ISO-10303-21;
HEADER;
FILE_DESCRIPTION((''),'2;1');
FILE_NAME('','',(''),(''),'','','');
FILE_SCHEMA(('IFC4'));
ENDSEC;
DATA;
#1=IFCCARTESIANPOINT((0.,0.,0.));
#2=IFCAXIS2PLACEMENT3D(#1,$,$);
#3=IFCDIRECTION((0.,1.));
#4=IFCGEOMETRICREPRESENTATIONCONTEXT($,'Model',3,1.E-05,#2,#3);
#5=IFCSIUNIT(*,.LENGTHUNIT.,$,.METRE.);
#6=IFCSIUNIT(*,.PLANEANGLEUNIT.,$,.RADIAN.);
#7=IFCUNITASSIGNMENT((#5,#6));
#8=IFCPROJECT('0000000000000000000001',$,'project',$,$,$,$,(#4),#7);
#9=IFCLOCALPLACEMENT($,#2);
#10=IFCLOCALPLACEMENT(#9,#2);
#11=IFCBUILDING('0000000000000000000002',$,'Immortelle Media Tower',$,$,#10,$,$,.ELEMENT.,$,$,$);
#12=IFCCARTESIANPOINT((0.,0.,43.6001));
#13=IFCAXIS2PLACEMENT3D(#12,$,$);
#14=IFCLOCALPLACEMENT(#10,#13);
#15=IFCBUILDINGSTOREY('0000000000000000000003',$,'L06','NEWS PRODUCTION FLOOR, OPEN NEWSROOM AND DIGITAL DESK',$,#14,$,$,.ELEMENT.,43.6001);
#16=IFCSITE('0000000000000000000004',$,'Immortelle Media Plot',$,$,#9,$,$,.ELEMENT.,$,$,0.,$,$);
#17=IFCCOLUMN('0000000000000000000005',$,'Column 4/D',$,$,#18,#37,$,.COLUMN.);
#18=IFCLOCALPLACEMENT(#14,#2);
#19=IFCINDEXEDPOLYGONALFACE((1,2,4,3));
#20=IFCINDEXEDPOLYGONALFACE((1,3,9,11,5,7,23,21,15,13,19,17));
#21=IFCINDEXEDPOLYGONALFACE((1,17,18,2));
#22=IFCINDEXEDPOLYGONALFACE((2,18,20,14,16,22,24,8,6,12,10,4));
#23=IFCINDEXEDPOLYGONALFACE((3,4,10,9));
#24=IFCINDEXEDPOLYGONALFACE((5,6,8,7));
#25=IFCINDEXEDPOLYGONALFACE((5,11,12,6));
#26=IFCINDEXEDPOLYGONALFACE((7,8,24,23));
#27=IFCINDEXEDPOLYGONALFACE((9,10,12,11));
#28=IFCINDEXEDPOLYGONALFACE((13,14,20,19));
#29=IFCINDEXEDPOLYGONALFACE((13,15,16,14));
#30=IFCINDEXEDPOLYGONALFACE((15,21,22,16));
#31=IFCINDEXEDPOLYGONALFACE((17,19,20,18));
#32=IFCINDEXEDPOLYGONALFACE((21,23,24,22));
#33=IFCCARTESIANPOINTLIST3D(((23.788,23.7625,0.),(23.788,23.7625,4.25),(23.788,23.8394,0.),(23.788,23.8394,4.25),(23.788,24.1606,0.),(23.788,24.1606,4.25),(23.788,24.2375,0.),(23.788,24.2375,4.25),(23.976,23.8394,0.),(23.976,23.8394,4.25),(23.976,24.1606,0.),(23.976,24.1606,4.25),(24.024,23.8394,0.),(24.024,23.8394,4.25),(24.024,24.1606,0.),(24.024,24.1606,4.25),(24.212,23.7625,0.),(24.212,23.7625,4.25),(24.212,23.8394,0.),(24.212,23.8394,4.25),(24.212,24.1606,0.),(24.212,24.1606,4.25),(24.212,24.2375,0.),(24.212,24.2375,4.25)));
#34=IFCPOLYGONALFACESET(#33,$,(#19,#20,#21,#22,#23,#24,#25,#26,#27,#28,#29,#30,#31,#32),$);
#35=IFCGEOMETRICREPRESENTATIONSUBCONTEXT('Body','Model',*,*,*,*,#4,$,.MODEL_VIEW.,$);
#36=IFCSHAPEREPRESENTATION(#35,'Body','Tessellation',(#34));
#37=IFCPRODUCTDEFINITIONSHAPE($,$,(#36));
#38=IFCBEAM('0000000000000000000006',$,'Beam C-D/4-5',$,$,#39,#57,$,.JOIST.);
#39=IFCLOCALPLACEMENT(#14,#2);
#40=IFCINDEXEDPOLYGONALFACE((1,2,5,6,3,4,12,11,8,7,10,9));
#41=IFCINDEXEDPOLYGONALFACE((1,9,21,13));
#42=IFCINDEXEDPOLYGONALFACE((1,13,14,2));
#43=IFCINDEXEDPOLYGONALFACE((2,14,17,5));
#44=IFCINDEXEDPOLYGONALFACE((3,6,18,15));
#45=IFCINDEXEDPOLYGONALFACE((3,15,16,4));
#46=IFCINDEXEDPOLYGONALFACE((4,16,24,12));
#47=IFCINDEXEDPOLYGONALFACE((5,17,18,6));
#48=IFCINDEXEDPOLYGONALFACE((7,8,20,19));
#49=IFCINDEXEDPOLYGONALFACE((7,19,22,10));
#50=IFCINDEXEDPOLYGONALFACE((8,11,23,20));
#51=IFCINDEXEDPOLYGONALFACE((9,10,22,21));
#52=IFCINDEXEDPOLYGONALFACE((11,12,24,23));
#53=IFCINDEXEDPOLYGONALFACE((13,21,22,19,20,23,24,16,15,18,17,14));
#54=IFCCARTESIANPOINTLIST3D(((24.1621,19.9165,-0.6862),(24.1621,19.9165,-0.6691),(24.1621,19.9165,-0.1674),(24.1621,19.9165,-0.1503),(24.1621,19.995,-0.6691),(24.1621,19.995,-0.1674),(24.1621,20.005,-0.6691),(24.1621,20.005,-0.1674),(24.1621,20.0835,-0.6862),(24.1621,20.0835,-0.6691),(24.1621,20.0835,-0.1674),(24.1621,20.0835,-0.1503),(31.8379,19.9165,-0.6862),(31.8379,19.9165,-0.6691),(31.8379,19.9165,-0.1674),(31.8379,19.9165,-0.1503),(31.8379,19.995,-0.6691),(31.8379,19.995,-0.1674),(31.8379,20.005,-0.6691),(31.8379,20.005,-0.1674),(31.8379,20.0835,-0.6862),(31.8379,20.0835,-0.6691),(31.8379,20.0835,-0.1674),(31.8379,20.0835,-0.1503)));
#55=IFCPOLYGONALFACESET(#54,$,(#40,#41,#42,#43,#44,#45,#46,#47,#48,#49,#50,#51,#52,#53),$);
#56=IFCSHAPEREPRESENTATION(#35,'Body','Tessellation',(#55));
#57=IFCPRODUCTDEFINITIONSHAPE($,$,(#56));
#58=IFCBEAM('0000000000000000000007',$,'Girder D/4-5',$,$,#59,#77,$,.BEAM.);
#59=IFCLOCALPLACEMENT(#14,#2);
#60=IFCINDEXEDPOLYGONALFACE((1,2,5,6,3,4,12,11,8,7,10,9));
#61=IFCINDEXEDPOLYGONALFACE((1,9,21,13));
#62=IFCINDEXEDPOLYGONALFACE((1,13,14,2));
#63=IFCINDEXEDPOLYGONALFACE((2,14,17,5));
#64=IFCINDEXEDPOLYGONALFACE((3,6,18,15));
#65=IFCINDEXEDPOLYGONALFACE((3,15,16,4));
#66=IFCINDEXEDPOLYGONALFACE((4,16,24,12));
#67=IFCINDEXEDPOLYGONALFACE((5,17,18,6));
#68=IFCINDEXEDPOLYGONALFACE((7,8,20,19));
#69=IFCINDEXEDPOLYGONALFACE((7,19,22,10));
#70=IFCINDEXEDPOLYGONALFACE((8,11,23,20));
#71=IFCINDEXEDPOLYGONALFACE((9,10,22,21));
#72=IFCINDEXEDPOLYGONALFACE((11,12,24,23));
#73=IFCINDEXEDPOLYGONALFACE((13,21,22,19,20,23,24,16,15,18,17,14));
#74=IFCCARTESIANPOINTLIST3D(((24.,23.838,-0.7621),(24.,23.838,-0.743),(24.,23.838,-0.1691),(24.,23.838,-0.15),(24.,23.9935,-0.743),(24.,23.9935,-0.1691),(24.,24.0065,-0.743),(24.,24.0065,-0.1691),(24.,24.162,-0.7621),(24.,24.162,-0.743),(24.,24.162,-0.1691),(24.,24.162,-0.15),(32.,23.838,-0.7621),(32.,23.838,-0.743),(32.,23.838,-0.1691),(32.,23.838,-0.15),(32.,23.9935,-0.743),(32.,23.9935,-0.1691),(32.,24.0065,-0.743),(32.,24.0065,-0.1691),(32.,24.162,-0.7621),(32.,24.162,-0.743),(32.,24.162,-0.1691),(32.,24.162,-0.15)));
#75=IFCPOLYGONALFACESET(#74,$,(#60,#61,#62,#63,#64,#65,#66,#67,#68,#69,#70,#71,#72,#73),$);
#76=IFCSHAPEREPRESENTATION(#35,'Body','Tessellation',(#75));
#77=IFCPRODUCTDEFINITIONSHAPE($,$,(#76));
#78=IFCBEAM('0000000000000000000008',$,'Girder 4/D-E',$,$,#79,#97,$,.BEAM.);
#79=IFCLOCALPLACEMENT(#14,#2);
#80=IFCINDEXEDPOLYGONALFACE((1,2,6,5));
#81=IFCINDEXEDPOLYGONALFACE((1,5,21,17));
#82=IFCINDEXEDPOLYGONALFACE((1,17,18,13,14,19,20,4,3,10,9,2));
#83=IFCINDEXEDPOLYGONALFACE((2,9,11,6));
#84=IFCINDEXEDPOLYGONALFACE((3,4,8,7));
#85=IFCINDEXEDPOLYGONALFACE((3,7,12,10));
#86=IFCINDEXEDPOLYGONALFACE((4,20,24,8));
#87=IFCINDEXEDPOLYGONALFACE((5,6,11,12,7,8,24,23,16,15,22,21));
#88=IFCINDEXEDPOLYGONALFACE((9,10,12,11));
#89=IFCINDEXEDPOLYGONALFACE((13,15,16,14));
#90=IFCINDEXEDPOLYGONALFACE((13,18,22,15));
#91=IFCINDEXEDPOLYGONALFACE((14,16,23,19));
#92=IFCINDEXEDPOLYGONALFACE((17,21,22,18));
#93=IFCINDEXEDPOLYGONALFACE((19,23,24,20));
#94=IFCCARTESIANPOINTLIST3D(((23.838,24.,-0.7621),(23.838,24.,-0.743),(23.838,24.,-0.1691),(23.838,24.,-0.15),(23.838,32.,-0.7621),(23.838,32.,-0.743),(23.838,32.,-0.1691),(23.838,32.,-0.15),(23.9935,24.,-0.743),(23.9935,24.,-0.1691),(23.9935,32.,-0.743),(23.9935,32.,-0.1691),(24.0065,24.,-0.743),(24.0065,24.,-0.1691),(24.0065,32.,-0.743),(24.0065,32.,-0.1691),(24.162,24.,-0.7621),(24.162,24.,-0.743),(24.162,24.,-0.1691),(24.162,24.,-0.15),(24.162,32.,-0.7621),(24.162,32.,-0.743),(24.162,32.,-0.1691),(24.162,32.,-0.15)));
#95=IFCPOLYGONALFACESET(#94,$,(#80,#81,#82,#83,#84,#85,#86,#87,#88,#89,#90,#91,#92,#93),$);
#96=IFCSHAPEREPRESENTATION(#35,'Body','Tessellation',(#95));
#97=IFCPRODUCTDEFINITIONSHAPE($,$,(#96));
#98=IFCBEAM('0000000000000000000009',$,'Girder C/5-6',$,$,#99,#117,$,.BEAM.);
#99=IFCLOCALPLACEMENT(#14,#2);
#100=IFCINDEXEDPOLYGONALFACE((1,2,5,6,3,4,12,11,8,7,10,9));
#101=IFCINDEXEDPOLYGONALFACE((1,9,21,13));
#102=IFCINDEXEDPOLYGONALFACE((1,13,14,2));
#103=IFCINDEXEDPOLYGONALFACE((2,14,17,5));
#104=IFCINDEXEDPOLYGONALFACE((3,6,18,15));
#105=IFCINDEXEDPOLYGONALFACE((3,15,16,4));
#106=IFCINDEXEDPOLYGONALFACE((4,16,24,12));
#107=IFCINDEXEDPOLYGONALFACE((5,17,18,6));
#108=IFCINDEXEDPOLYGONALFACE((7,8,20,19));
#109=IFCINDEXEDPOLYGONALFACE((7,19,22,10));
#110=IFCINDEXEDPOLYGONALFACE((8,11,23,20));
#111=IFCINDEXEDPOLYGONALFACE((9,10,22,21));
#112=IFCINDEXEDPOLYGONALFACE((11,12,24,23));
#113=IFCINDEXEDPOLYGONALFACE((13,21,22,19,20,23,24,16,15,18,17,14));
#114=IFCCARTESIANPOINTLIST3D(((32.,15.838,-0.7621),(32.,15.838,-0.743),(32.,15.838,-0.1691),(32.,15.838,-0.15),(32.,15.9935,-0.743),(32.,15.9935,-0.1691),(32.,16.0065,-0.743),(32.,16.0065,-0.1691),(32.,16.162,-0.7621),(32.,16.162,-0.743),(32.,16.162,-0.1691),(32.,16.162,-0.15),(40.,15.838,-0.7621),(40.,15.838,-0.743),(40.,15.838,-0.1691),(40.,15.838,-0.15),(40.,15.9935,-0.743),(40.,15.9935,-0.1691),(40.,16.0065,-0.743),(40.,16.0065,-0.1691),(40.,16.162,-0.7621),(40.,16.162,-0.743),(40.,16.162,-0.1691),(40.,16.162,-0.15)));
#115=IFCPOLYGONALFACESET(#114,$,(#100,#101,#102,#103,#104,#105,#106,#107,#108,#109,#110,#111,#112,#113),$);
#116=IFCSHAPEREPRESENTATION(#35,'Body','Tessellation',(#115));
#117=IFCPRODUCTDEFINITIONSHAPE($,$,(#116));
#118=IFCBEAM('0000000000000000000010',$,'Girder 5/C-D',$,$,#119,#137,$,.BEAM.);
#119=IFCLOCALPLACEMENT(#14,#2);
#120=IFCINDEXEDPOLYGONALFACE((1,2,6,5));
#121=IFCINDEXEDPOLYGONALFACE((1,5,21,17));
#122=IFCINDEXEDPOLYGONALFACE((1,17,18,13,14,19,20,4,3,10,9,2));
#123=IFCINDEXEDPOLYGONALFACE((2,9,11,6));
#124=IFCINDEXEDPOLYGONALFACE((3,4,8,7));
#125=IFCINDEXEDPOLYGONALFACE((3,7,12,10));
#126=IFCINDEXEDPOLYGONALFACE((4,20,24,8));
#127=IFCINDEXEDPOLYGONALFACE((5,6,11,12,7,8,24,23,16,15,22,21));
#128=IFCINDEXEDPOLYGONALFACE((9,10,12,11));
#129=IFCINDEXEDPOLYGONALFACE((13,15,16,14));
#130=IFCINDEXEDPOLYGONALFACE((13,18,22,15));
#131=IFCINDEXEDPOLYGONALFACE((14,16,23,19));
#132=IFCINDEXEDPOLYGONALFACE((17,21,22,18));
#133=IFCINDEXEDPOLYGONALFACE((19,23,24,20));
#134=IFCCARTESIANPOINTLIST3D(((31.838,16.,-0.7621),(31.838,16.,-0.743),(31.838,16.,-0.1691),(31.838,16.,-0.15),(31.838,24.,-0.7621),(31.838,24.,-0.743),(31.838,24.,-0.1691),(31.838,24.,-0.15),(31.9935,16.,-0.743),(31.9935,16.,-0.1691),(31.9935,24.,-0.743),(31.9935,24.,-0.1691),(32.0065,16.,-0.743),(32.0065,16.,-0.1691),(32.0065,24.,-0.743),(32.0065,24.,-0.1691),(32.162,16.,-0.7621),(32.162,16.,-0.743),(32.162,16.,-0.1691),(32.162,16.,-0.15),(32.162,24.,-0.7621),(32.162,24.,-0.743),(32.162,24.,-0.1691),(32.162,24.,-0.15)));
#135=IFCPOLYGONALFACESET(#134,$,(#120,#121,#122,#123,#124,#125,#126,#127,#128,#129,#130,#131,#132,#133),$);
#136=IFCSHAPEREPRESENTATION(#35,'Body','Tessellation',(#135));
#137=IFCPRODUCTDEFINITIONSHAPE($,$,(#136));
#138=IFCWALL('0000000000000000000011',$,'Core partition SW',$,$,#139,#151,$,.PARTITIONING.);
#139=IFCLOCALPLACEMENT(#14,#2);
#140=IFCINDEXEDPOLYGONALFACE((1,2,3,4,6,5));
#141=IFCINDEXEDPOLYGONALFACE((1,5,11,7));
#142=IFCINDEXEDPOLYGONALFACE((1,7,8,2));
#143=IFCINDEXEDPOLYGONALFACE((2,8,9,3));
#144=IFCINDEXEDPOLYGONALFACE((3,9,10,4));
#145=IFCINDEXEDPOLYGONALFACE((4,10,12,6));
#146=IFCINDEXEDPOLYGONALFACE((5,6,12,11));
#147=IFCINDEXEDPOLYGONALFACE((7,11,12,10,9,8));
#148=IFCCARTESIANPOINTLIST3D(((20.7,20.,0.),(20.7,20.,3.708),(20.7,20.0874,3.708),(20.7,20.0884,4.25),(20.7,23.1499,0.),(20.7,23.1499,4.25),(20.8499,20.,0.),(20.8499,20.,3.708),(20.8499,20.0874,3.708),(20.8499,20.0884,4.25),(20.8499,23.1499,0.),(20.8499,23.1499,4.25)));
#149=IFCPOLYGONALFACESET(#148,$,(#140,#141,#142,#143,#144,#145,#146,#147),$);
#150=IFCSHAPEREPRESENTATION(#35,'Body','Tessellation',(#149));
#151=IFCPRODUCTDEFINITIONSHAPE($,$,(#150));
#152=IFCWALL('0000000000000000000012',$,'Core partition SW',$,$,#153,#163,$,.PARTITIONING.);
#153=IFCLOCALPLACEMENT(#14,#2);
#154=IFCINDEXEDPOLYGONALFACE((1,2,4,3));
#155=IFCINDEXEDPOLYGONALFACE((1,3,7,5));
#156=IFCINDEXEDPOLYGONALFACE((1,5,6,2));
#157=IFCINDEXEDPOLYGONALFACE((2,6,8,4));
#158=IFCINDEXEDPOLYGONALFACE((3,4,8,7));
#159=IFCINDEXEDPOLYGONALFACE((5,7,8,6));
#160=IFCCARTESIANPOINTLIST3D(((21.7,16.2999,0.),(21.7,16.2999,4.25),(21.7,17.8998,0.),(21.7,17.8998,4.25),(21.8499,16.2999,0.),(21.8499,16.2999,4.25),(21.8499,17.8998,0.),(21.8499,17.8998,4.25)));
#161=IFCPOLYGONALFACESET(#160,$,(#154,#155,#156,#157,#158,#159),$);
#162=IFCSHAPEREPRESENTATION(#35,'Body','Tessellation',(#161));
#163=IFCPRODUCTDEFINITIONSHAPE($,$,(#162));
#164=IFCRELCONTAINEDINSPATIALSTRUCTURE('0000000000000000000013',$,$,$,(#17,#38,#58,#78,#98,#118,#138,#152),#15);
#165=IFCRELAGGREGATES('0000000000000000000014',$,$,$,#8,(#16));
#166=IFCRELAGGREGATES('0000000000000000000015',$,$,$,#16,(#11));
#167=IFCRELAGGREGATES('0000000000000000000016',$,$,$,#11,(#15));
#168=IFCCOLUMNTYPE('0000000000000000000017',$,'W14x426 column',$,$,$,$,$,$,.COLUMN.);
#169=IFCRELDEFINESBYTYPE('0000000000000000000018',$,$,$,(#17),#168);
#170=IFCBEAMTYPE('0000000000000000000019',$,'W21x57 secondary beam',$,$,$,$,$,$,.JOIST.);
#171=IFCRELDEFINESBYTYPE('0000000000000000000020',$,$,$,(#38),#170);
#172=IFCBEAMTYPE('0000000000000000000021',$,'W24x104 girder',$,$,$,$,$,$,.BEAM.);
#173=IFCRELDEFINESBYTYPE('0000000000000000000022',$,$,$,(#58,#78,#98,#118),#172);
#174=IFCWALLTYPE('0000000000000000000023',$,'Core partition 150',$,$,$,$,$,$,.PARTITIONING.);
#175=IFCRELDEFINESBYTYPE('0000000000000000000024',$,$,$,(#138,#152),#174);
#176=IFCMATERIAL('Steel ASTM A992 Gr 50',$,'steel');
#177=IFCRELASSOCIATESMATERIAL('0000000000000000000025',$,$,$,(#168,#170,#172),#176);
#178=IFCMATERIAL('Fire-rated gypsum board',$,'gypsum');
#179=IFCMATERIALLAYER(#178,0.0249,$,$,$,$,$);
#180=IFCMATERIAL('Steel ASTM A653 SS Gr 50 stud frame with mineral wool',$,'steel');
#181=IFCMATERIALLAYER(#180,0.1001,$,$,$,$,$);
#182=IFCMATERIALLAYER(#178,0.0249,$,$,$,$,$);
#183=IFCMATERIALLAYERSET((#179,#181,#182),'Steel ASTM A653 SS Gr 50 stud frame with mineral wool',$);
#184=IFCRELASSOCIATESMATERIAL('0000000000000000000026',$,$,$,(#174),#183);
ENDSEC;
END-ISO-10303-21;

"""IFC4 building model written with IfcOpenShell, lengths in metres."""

from ifc_helpers import new_model, si_unit, direction, frame, frame_2d, origin, origin_2d, place, context, subcontext, project, spatial, polyline, rectangle, i_section, outline, extrude, material, layer, layer_set, material_profile, profile_set, type_object, element, save


model = new_model("IFC4")

# Units and contexts
model_context = context("Model", 3, precision=1e-05, world=origin(), true_north=direction((0.0, 1.0)))
body_context = subcontext(model_context, "Body", "Model", "MODEL_VIEW")
ifc_project = project(units=[si_unit("LENGTHUNIT", "METRE"), si_unit("PLANEANGLEUNIT", "RADIAN")], contexts=[model_context])

# Site, building, storey
site_placement = place(None, origin())
site = spatial("IfcSite", under=ifc_project, at=site_placement, Name="Immortelle Media Plot", CompositionType="ELEMENT", RefElevation=0.0)
building_placement = place(site_placement, origin())
building = spatial("IfcBuilding", under=site, at=building_placement, Name="Immortelle Media Tower", CompositionType="ELEMENT")
storey_placement = place(building_placement, frame((0.0, 0.0, 43.6001)))
storey = spatial("IfcBuildingStorey", under=building, at=storey_placement, Name="L06", Description="NEWS PRODUCTION FLOOR, OPEN NEWSROOM AND DIGITAL DESK", CompositionType="ELEMENT", Elevation=43.6001)

# Column
ifc_material_1 = material(Name="Steel ASTM A992 Gr 50", Category="steel")
ifc_material_profile_1 = material_profile(ifc_material_1, i_section(OverallWidth=0.4241, OverallDepth=0.4751, WebThickness=0.0481, FlangeThickness=0.0769, at=origin_2d()), Name="W14x426")
ifc_profile_set_1 = profile_set([ifc_material_profile_1], Name="Steel ASTM A992 Gr 50")
column_type = type_object("IfcColumnType", Name="W14x426 column", PredefinedType="COLUMN", material=ifc_profile_set_1)
column_placement = place(storey_placement, frame((24.0, 24.0, 0.0), z_axis=(0.0, 0.0, 1.0), x_axis=(1.0, 0.0, 0.0)))
element("IfcColumn", 1, at=column_placement, inside=storey, type_object=column_type, Name="Column 4/D", PredefinedType="COLUMN", context=body_context, shape_type="SweptSolid", body=[
    extrude(i_section(OverallWidth=0.4241, OverallDepth=0.4751, WebThickness=0.0481, FlangeThickness=0.0769, at=origin_2d()), origin(), (0.0, 0.0, 1.0), 4.25),
])

# Beams
ifc_material_profile_2 = material_profile(ifc_material_1, i_section(OverallWidth=0.167, OverallDepth=0.5359, WebThickness=0.01, FlangeThickness=0.0171, at=origin_2d()), Name="W21x57")
ifc_profile_set_2 = profile_set([ifc_material_profile_2], Name="Steel ASTM A992 Gr 50")
beam_type_1 = type_object("IfcBeamType", Name="W21x57 secondary beam", PredefinedType="JOIST", material=ifc_profile_set_2)
beam_placement = place(storey_placement, frame((24.1621, 20.0, -0.4182), z_axis=(1.0, 0.0, 0.0), x_axis=(0.0, 1.0, 0.0)))
element("IfcBeam", 2, at=beam_placement, inside=storey, type_object=beam_type_1, Name="Beam C-D/4-5", PredefinedType="JOIST", context=body_context, shape_type="SweptSolid", body=[
    extrude(i_section(OverallWidth=0.167, OverallDepth=0.5359, WebThickness=0.01, FlangeThickness=0.0171, at=origin_2d()), origin(), (0.0, 0.0, 1.0), 7.6758),
])
ifc_material_profile_3 = material_profile(ifc_material_1, i_section(OverallWidth=0.324, OverallDepth=0.6121, WebThickness=0.0129, FlangeThickness=0.019, at=origin_2d()), Name="W24x104")
ifc_profile_set_3 = profile_set([ifc_material_profile_3], Name="Steel ASTM A992 Gr 50")
beam_type_2 = type_object("IfcBeamType", Name="W24x104 girder", PredefinedType="BEAM", material=ifc_profile_set_3)
for number, where, z_axis, x_axis, name in (
    (3, (24.0, 24.0, -0.4561), (1.0, 0.0, 0.0), (0.0, 1.0, 0.0), "Girder D/4-5"),
    (4, (24.0, 24.0, -0.4561), (0.0, 1.0, 0.0), (-1.0, 0.0, 0.0), "Girder 4/D-E"),
    (5, (32.0, 16.0, -0.4561), (1.0, 0.0, 0.0), (0.0, 1.0, 0.0), "Girder C/5-6"),
    (6, (32.0, 16.0, -0.4561), (0.0, 1.0, 0.0), (-1.0, 0.0, 0.0), "Girder 5/C-D"),
):
    element("IfcBeam", number, at=place(storey_placement, frame(where, z_axis=z_axis, x_axis=x_axis)), inside=storey, type_object=beam_type_2, Name=name, PredefinedType="BEAM", context=body_context, shape_type="SweptSolid", body=[
        extrude(i_section(OverallWidth=0.324, OverallDepth=0.6121, WebThickness=0.0129, FlangeThickness=0.019, at=origin_2d()), origin(), (0.0, 0.0, 1.0), 8.0),
    ])

# Walls
ifc_material_2 = material(Name="Fire-rated gypsum board", Category="gypsum")
ifc_layer_1 = layer(ifc_material_2, 0.0249)
ifc_material_3 = material(Name="Steel ASTM A653 SS Gr 50 stud frame with mineral wool", Category="steel")
ifc_layer_2 = layer(ifc_material_3, 0.1001)
ifc_layer_3 = layer(ifc_material_2, 0.0249)
ifc_layer_set_1 = layer_set([ifc_layer_1, ifc_layer_2, ifc_layer_3], Name="Steel ASTM A653 SS Gr 50 stud frame with mineral wool")
wall_type_1 = type_object("IfcWallType", Name="Core partition 150", PredefinedType="PARTITIONING", material=ifc_layer_set_1)
wall_1_placement = place(storey_placement, frame((20.7749, 20.0, 0.0), z_axis=(0.0, 0.0, 1.0), x_axis=(0.0, 1.0, 0.0)))
element("IfcWall", 7, at=wall_1_placement, inside=storey, type_object=wall_type_1, Name="Core partition SW", PredefinedType="PARTITIONING", context=body_context, shape_type="SweptSolid", body=[
    extrude(outline(polyline([(0.0, 0.0), (3.1499, 0.0), (3.1499, 4.25), (0.0884, 4.25), (0.0874, 3.708), (0.0, 3.708), (0.0, 0.0)])), frame((0.0, 0.075, 0.0), z_axis=(0.0, -1.0, 0.0), x_axis=(1.0, 0.0, 0.0)), (0.0, 0.0, 1.0), 0.1499),
])
wall_2_placement = place(storey_placement, frame((21.7749, 16.3, 0.0), z_axis=(0.0, 0.0, 1.0), x_axis=(0.0, 1.0, 0.0)))
element("IfcWall", 8, at=wall_2_placement, inside=storey, type_object=wall_type_1, Name="Core partition SW", PredefinedType="PARTITIONING", context=body_context, shape_type="SweptSolid", body=[
    extrude(rectangle(XDim=1.5999, YDim=0.1499, at=frame_2d((0.7998, 0.0))), origin(), (0.0, 0.0, 1.0), 4.25),
])

save(model, "model.ifc")
